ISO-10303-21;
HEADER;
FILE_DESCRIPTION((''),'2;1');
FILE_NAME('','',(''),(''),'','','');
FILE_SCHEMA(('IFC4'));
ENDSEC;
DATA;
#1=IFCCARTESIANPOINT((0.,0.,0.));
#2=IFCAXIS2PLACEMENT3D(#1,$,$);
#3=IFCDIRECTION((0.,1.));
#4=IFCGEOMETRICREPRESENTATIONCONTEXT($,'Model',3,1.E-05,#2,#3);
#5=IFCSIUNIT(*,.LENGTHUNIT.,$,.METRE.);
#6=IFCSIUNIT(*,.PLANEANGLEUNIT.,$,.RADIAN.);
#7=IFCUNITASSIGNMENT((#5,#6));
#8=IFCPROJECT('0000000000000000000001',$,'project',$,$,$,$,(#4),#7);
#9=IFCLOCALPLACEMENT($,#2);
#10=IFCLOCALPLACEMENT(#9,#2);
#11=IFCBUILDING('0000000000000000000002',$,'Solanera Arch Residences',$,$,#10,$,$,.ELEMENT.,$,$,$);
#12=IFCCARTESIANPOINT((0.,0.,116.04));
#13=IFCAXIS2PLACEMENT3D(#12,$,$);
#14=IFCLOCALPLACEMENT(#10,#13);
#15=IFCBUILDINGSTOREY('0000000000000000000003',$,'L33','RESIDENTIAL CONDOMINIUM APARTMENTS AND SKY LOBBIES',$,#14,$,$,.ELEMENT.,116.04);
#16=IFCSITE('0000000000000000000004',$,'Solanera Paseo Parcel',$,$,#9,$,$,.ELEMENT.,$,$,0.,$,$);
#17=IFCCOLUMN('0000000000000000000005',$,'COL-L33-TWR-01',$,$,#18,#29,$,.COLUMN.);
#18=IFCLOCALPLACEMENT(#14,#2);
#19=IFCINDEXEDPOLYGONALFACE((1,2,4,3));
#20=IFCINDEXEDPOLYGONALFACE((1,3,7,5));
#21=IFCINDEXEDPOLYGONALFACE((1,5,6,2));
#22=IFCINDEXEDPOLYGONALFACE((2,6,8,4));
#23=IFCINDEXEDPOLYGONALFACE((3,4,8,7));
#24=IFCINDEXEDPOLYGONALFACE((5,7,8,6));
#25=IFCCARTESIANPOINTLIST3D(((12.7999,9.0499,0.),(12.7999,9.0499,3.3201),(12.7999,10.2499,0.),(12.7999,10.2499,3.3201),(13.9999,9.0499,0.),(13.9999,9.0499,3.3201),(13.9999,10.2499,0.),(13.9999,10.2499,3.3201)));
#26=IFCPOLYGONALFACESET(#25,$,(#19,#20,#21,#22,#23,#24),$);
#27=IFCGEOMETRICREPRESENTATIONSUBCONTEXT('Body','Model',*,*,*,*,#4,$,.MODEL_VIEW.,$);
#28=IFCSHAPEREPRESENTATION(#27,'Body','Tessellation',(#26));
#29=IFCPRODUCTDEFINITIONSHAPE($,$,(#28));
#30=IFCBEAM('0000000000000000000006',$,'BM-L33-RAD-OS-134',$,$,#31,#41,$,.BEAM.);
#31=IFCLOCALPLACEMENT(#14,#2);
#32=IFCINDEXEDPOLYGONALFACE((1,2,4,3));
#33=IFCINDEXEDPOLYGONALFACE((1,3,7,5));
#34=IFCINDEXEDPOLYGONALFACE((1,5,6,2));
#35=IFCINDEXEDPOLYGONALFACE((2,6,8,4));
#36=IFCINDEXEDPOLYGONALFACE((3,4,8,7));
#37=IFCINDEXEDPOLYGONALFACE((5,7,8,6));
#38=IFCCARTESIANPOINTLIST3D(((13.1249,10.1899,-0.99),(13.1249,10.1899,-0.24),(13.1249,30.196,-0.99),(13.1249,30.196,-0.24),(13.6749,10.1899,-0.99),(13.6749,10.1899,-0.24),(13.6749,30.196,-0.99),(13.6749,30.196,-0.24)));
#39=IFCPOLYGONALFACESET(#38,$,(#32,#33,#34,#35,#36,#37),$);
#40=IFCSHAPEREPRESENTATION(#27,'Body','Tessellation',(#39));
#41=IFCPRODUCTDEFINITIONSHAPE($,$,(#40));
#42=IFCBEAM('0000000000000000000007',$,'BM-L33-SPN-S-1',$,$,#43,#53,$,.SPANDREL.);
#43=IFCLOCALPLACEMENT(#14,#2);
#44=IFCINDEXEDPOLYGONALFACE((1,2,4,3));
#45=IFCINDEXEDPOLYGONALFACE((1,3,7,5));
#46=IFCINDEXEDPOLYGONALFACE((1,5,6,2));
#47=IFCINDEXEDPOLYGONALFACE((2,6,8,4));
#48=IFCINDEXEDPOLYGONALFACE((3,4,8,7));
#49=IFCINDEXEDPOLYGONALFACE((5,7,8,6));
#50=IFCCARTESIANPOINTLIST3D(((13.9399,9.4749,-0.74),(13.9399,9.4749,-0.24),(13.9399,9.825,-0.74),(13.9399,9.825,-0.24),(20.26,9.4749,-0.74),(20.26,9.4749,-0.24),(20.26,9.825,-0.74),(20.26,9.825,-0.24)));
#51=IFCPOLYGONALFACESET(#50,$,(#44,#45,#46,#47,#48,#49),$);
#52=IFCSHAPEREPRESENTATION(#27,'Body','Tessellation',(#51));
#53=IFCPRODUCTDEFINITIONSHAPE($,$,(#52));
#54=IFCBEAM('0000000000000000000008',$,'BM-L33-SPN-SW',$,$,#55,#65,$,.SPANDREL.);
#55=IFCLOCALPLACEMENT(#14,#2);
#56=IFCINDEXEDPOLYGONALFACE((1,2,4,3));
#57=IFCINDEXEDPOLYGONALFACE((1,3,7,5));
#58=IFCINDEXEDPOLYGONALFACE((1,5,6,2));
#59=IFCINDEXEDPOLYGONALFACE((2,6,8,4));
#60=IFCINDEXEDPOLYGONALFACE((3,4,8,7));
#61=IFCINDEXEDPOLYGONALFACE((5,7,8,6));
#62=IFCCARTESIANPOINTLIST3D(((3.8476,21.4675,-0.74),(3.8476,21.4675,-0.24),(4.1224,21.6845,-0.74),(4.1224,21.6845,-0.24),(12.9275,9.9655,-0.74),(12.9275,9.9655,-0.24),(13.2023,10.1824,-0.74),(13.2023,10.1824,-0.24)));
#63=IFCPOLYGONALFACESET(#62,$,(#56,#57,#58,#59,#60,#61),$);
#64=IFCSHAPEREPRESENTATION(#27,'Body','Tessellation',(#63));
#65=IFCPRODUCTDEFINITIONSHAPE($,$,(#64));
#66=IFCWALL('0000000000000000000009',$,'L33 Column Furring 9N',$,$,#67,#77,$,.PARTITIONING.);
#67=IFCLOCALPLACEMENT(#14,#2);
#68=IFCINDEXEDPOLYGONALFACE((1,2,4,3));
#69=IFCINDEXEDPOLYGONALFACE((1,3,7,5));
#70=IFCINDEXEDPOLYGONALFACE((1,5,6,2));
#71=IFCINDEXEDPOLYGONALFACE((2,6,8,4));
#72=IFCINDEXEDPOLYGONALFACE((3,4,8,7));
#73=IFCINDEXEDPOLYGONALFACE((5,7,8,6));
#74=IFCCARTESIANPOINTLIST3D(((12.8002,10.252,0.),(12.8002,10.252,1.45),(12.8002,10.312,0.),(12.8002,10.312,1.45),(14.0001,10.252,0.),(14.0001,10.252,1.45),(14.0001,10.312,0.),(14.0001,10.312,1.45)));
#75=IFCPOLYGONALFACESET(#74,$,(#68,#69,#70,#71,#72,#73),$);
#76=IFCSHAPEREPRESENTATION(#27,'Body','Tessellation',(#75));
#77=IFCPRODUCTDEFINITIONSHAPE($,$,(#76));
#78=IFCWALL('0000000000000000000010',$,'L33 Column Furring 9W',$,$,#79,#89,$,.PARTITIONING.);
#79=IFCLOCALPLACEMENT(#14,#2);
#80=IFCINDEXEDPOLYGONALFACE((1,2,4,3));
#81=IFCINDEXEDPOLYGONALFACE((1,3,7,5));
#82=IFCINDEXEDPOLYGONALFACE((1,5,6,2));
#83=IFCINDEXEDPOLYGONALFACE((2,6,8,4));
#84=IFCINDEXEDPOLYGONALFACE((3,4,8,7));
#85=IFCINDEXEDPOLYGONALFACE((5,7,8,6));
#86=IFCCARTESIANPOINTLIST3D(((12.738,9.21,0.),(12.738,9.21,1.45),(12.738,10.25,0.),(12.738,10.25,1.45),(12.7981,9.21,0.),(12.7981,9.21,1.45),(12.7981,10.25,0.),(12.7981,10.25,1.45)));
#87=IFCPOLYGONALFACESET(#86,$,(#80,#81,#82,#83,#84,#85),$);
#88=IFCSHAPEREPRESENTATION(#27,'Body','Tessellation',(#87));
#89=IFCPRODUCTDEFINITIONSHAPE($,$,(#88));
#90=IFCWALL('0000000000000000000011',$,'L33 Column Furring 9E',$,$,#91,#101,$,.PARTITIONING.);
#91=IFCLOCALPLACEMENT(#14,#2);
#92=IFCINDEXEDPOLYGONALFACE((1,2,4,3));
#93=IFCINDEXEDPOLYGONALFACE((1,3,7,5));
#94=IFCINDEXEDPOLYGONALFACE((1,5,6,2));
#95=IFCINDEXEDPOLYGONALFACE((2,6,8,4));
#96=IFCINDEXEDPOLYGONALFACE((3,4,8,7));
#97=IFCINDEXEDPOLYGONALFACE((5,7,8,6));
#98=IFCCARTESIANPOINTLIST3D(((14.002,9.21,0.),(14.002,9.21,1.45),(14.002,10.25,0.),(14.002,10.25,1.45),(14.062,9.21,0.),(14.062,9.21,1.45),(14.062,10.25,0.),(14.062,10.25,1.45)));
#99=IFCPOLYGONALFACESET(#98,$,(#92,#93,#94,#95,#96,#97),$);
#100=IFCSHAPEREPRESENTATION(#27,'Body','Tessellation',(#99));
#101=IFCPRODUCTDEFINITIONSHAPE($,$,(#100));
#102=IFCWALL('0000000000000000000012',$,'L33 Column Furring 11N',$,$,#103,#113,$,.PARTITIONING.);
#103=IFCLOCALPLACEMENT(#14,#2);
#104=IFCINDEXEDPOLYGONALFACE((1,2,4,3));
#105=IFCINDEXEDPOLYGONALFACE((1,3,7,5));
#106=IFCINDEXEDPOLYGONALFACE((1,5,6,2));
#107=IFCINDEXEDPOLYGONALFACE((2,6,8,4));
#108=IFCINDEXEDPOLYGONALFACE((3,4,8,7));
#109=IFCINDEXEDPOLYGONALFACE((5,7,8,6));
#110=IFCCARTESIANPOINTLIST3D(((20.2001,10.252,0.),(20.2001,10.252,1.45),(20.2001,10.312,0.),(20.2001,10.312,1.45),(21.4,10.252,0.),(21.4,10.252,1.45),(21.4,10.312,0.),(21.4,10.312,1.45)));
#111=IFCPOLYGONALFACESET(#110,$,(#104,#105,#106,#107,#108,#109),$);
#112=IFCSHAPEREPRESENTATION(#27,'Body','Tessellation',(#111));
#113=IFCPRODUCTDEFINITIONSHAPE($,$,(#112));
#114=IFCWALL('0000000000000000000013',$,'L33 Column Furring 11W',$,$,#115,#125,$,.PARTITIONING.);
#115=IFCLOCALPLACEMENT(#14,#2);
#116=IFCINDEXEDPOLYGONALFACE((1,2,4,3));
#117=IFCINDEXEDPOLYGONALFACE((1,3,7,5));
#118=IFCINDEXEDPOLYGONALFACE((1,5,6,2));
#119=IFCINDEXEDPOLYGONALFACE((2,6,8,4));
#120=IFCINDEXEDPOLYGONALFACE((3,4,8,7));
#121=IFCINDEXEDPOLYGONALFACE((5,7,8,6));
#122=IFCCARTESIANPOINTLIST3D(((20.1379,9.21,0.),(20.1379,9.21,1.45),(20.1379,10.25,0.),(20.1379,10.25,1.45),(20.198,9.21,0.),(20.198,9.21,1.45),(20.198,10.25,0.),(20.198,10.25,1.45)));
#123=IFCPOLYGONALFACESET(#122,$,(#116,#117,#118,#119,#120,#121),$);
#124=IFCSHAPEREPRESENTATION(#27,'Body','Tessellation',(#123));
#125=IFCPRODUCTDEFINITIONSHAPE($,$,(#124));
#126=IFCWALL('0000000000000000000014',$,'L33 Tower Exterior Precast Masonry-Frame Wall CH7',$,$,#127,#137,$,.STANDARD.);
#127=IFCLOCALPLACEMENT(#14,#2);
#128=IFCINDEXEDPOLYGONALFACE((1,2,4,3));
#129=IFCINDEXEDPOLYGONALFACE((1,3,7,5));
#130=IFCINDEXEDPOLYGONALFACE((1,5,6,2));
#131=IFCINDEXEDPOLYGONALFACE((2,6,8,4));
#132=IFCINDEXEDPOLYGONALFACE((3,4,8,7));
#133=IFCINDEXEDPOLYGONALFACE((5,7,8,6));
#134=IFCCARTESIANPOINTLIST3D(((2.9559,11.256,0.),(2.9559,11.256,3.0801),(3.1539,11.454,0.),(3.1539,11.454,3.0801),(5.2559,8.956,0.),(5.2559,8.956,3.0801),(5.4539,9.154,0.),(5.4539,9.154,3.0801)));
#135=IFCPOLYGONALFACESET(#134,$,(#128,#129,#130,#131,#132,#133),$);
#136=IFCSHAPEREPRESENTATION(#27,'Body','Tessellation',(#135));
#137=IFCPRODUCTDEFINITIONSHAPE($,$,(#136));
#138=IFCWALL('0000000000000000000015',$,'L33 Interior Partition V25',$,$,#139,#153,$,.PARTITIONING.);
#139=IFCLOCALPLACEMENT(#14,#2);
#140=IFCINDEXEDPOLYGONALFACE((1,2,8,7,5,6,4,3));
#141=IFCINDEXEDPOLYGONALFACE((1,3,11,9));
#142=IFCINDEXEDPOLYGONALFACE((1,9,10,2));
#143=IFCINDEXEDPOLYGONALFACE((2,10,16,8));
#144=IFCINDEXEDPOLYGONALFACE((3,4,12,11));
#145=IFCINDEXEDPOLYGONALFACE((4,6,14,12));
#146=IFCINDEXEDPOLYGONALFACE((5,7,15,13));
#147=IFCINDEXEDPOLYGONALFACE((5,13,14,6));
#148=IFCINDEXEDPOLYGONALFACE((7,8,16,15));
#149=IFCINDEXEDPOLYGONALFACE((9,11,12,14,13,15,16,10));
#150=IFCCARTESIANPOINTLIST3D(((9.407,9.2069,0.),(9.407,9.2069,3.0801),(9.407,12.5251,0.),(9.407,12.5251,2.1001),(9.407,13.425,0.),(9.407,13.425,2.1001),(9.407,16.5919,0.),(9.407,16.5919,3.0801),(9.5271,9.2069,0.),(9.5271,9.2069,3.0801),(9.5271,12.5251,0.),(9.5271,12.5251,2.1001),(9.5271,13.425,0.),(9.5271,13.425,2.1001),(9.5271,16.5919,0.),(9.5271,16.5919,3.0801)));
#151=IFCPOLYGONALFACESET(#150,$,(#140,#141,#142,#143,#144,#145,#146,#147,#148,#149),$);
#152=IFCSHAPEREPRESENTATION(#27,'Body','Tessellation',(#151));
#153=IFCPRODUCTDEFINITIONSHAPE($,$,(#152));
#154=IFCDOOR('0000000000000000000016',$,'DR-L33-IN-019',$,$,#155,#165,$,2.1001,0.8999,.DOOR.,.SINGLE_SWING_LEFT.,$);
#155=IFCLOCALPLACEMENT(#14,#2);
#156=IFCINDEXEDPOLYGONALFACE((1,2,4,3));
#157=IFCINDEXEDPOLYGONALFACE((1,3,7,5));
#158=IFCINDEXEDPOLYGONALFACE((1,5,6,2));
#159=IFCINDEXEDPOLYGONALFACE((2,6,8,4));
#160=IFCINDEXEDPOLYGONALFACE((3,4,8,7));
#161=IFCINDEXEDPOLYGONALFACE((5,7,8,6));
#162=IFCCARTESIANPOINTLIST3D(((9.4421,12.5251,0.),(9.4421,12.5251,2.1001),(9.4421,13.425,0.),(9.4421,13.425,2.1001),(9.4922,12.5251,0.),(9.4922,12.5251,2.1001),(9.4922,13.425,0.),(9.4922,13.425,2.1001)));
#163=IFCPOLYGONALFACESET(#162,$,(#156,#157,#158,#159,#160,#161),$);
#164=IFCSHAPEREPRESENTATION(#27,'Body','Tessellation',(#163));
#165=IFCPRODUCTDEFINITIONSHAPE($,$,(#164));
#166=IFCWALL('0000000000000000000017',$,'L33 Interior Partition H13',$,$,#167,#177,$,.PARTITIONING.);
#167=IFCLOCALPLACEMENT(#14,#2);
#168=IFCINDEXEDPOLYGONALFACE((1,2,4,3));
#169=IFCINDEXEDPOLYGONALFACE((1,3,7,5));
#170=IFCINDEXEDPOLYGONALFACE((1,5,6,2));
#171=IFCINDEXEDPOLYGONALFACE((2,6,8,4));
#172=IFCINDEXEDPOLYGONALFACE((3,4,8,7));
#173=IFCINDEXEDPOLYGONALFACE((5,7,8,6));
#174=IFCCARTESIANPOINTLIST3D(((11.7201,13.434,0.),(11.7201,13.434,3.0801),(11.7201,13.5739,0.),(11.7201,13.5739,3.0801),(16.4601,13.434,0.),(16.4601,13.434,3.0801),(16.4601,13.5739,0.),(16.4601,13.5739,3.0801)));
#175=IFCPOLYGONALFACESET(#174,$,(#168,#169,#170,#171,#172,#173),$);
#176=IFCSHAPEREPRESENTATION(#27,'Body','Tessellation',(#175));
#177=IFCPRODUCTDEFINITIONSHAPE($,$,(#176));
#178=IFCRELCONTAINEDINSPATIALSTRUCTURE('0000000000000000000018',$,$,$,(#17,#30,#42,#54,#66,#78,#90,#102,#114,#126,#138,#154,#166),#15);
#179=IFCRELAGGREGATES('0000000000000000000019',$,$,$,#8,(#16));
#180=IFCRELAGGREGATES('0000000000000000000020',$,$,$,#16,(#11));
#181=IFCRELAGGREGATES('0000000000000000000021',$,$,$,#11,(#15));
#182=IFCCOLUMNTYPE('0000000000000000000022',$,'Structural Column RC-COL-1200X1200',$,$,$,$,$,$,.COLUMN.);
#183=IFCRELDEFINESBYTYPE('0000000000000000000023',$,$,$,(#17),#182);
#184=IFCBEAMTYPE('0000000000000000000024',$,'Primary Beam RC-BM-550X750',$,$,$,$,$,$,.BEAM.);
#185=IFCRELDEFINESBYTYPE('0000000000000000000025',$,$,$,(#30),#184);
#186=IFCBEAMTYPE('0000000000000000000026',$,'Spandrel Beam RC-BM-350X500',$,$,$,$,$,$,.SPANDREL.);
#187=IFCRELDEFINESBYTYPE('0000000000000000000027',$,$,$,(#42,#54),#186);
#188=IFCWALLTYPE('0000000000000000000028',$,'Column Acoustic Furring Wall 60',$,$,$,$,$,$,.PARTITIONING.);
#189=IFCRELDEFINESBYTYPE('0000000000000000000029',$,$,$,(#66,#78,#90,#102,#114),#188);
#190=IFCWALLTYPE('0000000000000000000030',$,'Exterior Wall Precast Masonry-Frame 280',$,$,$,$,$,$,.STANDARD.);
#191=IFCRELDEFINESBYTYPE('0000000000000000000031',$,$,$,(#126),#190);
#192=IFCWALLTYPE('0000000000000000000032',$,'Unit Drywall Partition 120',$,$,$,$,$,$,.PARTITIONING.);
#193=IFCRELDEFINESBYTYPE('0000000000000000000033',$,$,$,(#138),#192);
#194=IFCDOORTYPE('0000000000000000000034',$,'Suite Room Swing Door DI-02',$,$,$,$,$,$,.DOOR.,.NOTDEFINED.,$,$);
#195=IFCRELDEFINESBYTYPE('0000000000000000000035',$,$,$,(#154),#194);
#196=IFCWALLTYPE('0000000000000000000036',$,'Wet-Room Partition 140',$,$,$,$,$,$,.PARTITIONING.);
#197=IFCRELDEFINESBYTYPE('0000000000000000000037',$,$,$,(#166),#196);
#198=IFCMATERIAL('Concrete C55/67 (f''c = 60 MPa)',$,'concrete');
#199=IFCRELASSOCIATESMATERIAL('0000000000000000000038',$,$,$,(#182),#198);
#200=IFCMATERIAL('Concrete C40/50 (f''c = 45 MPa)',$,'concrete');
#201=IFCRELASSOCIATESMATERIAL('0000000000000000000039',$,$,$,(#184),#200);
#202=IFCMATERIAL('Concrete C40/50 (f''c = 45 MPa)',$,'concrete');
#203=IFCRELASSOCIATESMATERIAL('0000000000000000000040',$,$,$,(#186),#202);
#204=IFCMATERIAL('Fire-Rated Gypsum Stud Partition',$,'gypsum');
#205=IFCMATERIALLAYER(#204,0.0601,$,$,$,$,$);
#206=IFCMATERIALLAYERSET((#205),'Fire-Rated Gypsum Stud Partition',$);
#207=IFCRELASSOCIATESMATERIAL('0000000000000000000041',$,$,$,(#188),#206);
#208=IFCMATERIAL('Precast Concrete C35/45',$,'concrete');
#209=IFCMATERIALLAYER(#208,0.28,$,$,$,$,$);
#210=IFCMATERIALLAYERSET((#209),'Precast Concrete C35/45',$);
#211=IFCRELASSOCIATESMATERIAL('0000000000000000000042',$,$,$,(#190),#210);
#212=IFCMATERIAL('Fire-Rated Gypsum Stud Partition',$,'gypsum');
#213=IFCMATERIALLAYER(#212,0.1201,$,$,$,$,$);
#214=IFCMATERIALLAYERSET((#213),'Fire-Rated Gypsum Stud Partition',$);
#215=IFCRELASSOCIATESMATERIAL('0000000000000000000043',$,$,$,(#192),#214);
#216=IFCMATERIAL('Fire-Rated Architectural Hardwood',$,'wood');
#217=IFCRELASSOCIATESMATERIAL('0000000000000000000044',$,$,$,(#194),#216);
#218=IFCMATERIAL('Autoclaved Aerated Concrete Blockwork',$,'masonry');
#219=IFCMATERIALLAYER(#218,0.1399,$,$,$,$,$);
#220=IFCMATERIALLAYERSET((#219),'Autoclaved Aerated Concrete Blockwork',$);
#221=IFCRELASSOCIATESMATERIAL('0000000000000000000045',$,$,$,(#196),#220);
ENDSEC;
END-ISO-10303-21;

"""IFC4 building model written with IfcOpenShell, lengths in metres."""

from ifc_helpers import new_model, si_unit, direction, frame, frame_2d, origin, origin_2d, place, context, subcontext, project, spatial, rectangle, extrude, material, layer, layer_set, material_profile, profile_set, type_object, element, fill, save


model = new_model("IFC4")

# Units and contexts
model_context = context("Model", 3, precision=1e-05, world=origin(), true_north=direction((0.0, 1.0)))
body_context = subcontext(model_context, "Body", "Model", "MODEL_VIEW")
ifc_project = project(units=[si_unit("LENGTHUNIT", "METRE"), si_unit("PLANEANGLEUNIT", "RADIAN")], contexts=[model_context])

# Site, building, storey
site_placement = place(None, origin())
site = spatial("IfcSite", under=ifc_project, at=site_placement, Name="Solanera Paseo Parcel", CompositionType="ELEMENT", RefElevation=0.0)
building_placement = place(site_placement, origin())
building = spatial("IfcBuilding", under=site, at=building_placement, Name="Solanera Arch Residences", CompositionType="ELEMENT")
storey_placement = place(building_placement, frame((0.0, 0.0, 116.04)))
storey = spatial("IfcBuildingStorey", under=building, at=storey_placement, Name="L33", Description="RESIDENTIAL CONDOMINIUM APARTMENTS AND SKY LOBBIES", CompositionType="ELEMENT", Elevation=116.04)

# Column
ifc_material_1 = material(Name="Concrete C55/67 (f'c = 60 MPa)", Category="concrete")
ifc_material_profile_1 = material_profile(ifc_material_1, rectangle(XDim=1.2, YDim=1.2, at=origin_2d()))
ifc_profile_set_1 = profile_set([ifc_material_profile_1], Name="Concrete C55/67 (f'c = 60 MPa)")
column_type = type_object("IfcColumnType", Name="Structural Column RC-COL-1200X1200", PredefinedType="COLUMN", material=ifc_profile_set_1)
column_placement = place(storey_placement, frame((13.3999, 9.6499, 0.0), z_axis=(0.0, 0.0, 1.0), x_axis=(1.0, 0.0, 0.0)))
element("IfcColumn", 1, at=column_placement, inside=storey, type_object=column_type, Name="COL-L33-TWR-01", PredefinedType="COLUMN", context=body_context, shape_type="SweptSolid", body=[
    extrude(rectangle(XDim=1.2, YDim=1.2, at=origin_2d()), origin(), (0.0, 0.0, 1.0), 3.3201),
])

# Beams
ifc_material_2 = material(Name="Concrete C40/50 (f'c = 45 MPa)", Category="concrete")
ifc_material_profile_2 = material_profile(ifc_material_2, rectangle(XDim=0.55, YDim=0.75, at=origin_2d()))
ifc_profile_set_2 = profile_set([ifc_material_profile_2], Name="Concrete C40/50 (f'c = 45 MPa)")
beam_type_1 = type_object("IfcBeamType", Name="Primary Beam RC-BM-550X750", PredefinedType="BEAM", material=ifc_profile_set_2)
beam_1_placement = place(storey_placement, frame((13.3999, 10.1899, -0.615), z_axis=(0.0, 1.0, 0.0), x_axis=(-1.0, 0.0, 0.0)))
element("IfcBeam", 2, at=beam_1_placement, inside=storey, type_object=beam_type_1, Name="BM-L33-RAD-OS-134", PredefinedType="BEAM", context=body_context, shape_type="SweptSolid", body=[
    extrude(rectangle(XDim=0.55, YDim=0.75, at=origin_2d()), origin(), (0.0, 0.0, 1.0), 20.0061),
])
ifc_material_3 = material(Name="Concrete C40/50 (f'c = 45 MPa)", Category="concrete")
ifc_material_profile_3 = material_profile(ifc_material_3, rectangle(XDim=0.3501, YDim=0.5, at=origin_2d()))
ifc_profile_set_3 = profile_set([ifc_material_profile_3], Name="Concrete C40/50 (f'c = 45 MPa)")
beam_type_2 = type_object("IfcBeamType", Name="Spandrel Beam RC-BM-350X500", PredefinedType="SPANDREL", material=ifc_profile_set_3)
beam_2_placement = place(storey_placement, frame((13.9399, 9.6499, -0.49), z_axis=(1.0, 0.0, 0.0), x_axis=(0.0, 1.0, 0.0)))
element("IfcBeam", 3, at=beam_2_placement, inside=storey, type_object=beam_type_2, Name="BM-L33-SPN-S-1", PredefinedType="SPANDREL", context=body_context, shape_type="SweptSolid", body=[
    extrude(rectangle(XDim=0.3501, YDim=0.5, at=origin_2d()), origin(), (0.0, 0.0, 1.0), 6.3201),
])
beam_3_placement = place(storey_placement, frame((13.0649, 10.074, -0.49), z_axis=(-0.619617, 0.784905, 0.0), x_axis=(-0.784905, -0.619617, 0.0)))
element("IfcBeam", 4, at=beam_3_placement, inside=storey, type_object=beam_type_2, Name="BM-L33-SPN-SW", PredefinedType="SPANDREL", context=body_context, shape_type="SweptSolid", body=[
    extrude(rectangle(XDim=0.3501, YDim=0.5, at=origin_2d()), origin(), (0.0, 0.0, 1.0), 14.6541),
])

# Walls
ifc_material_4 = material(Name="Fire-Rated Gypsum Stud Partition", Category="gypsum")
ifc_layer_1 = layer(ifc_material_4, 0.0601)
ifc_layer_set_1 = layer_set([ifc_layer_1], Name="Fire-Rated Gypsum Stud Partition")
wall_type_1 = type_object("IfcWallType", Name="Column Acoustic Furring Wall 60", PredefinedType="PARTITIONING", material=ifc_layer_set_1)
wall_1_placement = place(storey_placement, frame((12.8, 10.282, 0.0), z_axis=(0.0, 0.0, 1.0), x_axis=(1.0, 0.0, 0.0)))
element("IfcWall", 5, at=wall_1_placement, inside=storey, type_object=wall_type_1, Name="L33 Column Furring 9N", PredefinedType="PARTITIONING", context=body_context, shape_type="SweptSolid", body=[
    extrude(rectangle(XDim=1.2, YDim=0.0601, at=frame_2d((0.6001, 0.0))), origin(), (0.0, 0.0, 1.0), 1.45),
])
for number, where, z_axis, x_axis, name in (
    (6, (12.7681, 9.21, 0.0), (0.0, 0.0, 1.0), (0.0, 1.0, 0.0), "L33 Column Furring 9W"),
    (7, (14.032, 9.21, 0.0), (0.0, 0.0, 1.0), (0.0, 1.0, 0.0), "L33 Column Furring 9E"),
):
    element("IfcWall", number, at=place(storey_placement, frame(where, z_axis=z_axis, x_axis=x_axis)), inside=storey, type_object=wall_type_1, Name=name, PredefinedType="PARTITIONING", context=body_context, shape_type="SweptSolid", body=[
        extrude(rectangle(XDim=1.04, YDim=0.0601, at=frame_2d((0.52, 0.0))), origin(), (0.0, 0.0, 1.0), 1.45),
    ])
wall_2_placement = place(storey_placement, frame((20.2, 10.282, 0.0), z_axis=(0.0, 0.0, 1.0), x_axis=(1.0, 0.0, 0.0)))
element("IfcWall", 8, at=wall_2_placement, inside=storey, type_object=wall_type_1, Name="L33 Column Furring 11N", PredefinedType="PARTITIONING", context=body_context, shape_type="SweptSolid", body=[
    extrude(rectangle(XDim=1.2, YDim=0.0601, at=frame_2d((0.6001, 0.0))), origin(), (0.0, 0.0, 1.0), 1.45),
])
wall_3_placement = place(storey_placement, frame((20.168, 9.21, 0.0), z_axis=(0.0, 0.0, 1.0), x_axis=(0.0, 1.0, 0.0)))
element("IfcWall", 9, at=wall_3_placement, inside=storey, type_object=wall_type_1, Name="L33 Column Furring 11W", PredefinedType="PARTITIONING", context=body_context, shape_type="SweptSolid", body=[
    extrude(rectangle(XDim=1.04, YDim=0.0601, at=frame_2d((0.52, 0.0))), origin(), (0.0, 0.0, 1.0), 1.45),
])
ifc_material_5 = material(Name="Precast Concrete C35/45", Category="concrete")
ifc_layer_2 = layer(ifc_material_5, 0.28)
ifc_layer_set_2 = layer_set([ifc_layer_2], Name="Precast Concrete C35/45")
wall_type_2 = type_object("IfcWallType", Name="Exterior Wall Precast Masonry-Frame 280", PredefinedType="STANDARD", material=ifc_layer_set_2)
wall_4_placement = place(storey_placement, frame((5.355, 9.0549, 0.0), z_axis=(0.0, 0.0, 1.0), x_axis=(-0.707107, 0.707107, 0.0)))
element("IfcWall", 10, at=wall_4_placement, inside=storey, type_object=wall_type_2, Name="L33 Tower Exterior Precast Masonry-Frame Wall CH7", PredefinedType="STANDARD", context=body_context, shape_type="SweptSolid", body=[
    extrude(rectangle(XDim=3.2527, YDim=0.28, at=frame_2d((1.6265, 0.0))), origin(), (0.0, 0.0, 1.0), 3.0801),
])

# Wall, opening, door
ifc_material_6 = material(Name="Fire-Rated Gypsum Stud Partition", Category="gypsum")
ifc_layer_3 = layer(ifc_material_6, 0.1201)
ifc_layer_set_3 = layer_set([ifc_layer_3], Name="Fire-Rated Gypsum Stud Partition")
wall_type_3 = type_object("IfcWallType", Name="Unit Drywall Partition 120", PredefinedType="PARTITIONING", material=ifc_layer_set_3)
wall_5_placement = place(storey_placement, frame((9.467, 9.207, 0.0), z_axis=(0.0, 0.0, 1.0), x_axis=(0.0, 1.0, 0.0)))
wall_5 = element("IfcWall", 11, at=wall_5_placement, inside=storey, type_object=wall_type_3, Name="L33 Interior Partition V25", PredefinedType="PARTITIONING", context=body_context, shape_type="SweptSolid", body=[
    extrude(rectangle(XDim=7.385, YDim=0.1201, at=frame_2d((3.6924, 0.0))), origin(), (0.0, 0.0, 1.0), 3.0801),
])
opening_1_placement = place(wall_5_placement, frame((3.3181, 0.0, 0.0)))
opening_1 = element("IfcOpeningElement", 12, at=opening_1_placement, cuts=wall_5, PredefinedType="OPENING", context=body_context, shape_type="SweptSolid", body=[
    extrude(rectangle(XDim=0.8999, YDim=2.1001, at=frame_2d((0.45, 1.05))), frame((0.0, 0.0701, 0.0), z_axis=(0.0, -1.0, 0.0), x_axis=(1.0, 0.0, 0.0)), (0.0, 0.0, 1.0), 0.1401),
])
ifc_material_7 = material(Name="Fire-Rated Architectural Hardwood", Category="wood")
door_type_1 = type_object("IfcDoorType", Name="Suite Room Swing Door DI-02", OperationType="NOTDEFINED", PredefinedType="DOOR", material=ifc_material_7)
door_1_placement = place(opening_1_placement, origin())
door_1 = element("IfcDoor", 13, at=door_1_placement, inside=storey, type_object=door_type_1, Name="DR-L33-IN-019", OperationType="SINGLE_SWING_LEFT", OverallHeight=2.1001, OverallWidth=0.8999, PredefinedType="DOOR", context=body_context, shape_type="SweptSolid", body=[
    extrude(rectangle(XDim=0.8999, YDim=2.1001, at=frame_2d((0.45, 1.05))), frame((0.0, 0.0249, 0.0), z_axis=(0.0, -1.0, 0.0), x_axis=(1.0, 0.0, 0.0)), (0.0, 0.0, 1.0), 0.05),
])
fill(opening_1, door_1)

# Wall
ifc_material_8 = material(Name="Autoclaved Aerated Concrete Blockwork", Category="masonry")
ifc_layer_4 = layer(ifc_material_8, 0.1399)
ifc_layer_set_4 = layer_set([ifc_layer_4], Name="Autoclaved Aerated Concrete Blockwork")
wall_type_4 = type_object("IfcWallType", Name="Wet-Room Partition 140", PredefinedType="PARTITIONING", material=ifc_layer_set_4)
wall_6_placement = place(storey_placement, frame((11.72, 13.5039, 0.0), z_axis=(0.0, 0.0, 1.0), x_axis=(1.0, 0.0, 0.0)))
element("IfcWall", 14, at=wall_6_placement, inside=storey, type_object=wall_type_4, Name="L33 Interior Partition H13", PredefinedType="PARTITIONING", context=body_context, shape_type="SweptSolid", body=[
    extrude(rectangle(XDim=4.74, YDim=0.1399, at=frame_2d((2.3701, 0.0))), origin(), (0.0, 0.0, 1.0), 3.0801),
])

save(model, "model.ifc")
